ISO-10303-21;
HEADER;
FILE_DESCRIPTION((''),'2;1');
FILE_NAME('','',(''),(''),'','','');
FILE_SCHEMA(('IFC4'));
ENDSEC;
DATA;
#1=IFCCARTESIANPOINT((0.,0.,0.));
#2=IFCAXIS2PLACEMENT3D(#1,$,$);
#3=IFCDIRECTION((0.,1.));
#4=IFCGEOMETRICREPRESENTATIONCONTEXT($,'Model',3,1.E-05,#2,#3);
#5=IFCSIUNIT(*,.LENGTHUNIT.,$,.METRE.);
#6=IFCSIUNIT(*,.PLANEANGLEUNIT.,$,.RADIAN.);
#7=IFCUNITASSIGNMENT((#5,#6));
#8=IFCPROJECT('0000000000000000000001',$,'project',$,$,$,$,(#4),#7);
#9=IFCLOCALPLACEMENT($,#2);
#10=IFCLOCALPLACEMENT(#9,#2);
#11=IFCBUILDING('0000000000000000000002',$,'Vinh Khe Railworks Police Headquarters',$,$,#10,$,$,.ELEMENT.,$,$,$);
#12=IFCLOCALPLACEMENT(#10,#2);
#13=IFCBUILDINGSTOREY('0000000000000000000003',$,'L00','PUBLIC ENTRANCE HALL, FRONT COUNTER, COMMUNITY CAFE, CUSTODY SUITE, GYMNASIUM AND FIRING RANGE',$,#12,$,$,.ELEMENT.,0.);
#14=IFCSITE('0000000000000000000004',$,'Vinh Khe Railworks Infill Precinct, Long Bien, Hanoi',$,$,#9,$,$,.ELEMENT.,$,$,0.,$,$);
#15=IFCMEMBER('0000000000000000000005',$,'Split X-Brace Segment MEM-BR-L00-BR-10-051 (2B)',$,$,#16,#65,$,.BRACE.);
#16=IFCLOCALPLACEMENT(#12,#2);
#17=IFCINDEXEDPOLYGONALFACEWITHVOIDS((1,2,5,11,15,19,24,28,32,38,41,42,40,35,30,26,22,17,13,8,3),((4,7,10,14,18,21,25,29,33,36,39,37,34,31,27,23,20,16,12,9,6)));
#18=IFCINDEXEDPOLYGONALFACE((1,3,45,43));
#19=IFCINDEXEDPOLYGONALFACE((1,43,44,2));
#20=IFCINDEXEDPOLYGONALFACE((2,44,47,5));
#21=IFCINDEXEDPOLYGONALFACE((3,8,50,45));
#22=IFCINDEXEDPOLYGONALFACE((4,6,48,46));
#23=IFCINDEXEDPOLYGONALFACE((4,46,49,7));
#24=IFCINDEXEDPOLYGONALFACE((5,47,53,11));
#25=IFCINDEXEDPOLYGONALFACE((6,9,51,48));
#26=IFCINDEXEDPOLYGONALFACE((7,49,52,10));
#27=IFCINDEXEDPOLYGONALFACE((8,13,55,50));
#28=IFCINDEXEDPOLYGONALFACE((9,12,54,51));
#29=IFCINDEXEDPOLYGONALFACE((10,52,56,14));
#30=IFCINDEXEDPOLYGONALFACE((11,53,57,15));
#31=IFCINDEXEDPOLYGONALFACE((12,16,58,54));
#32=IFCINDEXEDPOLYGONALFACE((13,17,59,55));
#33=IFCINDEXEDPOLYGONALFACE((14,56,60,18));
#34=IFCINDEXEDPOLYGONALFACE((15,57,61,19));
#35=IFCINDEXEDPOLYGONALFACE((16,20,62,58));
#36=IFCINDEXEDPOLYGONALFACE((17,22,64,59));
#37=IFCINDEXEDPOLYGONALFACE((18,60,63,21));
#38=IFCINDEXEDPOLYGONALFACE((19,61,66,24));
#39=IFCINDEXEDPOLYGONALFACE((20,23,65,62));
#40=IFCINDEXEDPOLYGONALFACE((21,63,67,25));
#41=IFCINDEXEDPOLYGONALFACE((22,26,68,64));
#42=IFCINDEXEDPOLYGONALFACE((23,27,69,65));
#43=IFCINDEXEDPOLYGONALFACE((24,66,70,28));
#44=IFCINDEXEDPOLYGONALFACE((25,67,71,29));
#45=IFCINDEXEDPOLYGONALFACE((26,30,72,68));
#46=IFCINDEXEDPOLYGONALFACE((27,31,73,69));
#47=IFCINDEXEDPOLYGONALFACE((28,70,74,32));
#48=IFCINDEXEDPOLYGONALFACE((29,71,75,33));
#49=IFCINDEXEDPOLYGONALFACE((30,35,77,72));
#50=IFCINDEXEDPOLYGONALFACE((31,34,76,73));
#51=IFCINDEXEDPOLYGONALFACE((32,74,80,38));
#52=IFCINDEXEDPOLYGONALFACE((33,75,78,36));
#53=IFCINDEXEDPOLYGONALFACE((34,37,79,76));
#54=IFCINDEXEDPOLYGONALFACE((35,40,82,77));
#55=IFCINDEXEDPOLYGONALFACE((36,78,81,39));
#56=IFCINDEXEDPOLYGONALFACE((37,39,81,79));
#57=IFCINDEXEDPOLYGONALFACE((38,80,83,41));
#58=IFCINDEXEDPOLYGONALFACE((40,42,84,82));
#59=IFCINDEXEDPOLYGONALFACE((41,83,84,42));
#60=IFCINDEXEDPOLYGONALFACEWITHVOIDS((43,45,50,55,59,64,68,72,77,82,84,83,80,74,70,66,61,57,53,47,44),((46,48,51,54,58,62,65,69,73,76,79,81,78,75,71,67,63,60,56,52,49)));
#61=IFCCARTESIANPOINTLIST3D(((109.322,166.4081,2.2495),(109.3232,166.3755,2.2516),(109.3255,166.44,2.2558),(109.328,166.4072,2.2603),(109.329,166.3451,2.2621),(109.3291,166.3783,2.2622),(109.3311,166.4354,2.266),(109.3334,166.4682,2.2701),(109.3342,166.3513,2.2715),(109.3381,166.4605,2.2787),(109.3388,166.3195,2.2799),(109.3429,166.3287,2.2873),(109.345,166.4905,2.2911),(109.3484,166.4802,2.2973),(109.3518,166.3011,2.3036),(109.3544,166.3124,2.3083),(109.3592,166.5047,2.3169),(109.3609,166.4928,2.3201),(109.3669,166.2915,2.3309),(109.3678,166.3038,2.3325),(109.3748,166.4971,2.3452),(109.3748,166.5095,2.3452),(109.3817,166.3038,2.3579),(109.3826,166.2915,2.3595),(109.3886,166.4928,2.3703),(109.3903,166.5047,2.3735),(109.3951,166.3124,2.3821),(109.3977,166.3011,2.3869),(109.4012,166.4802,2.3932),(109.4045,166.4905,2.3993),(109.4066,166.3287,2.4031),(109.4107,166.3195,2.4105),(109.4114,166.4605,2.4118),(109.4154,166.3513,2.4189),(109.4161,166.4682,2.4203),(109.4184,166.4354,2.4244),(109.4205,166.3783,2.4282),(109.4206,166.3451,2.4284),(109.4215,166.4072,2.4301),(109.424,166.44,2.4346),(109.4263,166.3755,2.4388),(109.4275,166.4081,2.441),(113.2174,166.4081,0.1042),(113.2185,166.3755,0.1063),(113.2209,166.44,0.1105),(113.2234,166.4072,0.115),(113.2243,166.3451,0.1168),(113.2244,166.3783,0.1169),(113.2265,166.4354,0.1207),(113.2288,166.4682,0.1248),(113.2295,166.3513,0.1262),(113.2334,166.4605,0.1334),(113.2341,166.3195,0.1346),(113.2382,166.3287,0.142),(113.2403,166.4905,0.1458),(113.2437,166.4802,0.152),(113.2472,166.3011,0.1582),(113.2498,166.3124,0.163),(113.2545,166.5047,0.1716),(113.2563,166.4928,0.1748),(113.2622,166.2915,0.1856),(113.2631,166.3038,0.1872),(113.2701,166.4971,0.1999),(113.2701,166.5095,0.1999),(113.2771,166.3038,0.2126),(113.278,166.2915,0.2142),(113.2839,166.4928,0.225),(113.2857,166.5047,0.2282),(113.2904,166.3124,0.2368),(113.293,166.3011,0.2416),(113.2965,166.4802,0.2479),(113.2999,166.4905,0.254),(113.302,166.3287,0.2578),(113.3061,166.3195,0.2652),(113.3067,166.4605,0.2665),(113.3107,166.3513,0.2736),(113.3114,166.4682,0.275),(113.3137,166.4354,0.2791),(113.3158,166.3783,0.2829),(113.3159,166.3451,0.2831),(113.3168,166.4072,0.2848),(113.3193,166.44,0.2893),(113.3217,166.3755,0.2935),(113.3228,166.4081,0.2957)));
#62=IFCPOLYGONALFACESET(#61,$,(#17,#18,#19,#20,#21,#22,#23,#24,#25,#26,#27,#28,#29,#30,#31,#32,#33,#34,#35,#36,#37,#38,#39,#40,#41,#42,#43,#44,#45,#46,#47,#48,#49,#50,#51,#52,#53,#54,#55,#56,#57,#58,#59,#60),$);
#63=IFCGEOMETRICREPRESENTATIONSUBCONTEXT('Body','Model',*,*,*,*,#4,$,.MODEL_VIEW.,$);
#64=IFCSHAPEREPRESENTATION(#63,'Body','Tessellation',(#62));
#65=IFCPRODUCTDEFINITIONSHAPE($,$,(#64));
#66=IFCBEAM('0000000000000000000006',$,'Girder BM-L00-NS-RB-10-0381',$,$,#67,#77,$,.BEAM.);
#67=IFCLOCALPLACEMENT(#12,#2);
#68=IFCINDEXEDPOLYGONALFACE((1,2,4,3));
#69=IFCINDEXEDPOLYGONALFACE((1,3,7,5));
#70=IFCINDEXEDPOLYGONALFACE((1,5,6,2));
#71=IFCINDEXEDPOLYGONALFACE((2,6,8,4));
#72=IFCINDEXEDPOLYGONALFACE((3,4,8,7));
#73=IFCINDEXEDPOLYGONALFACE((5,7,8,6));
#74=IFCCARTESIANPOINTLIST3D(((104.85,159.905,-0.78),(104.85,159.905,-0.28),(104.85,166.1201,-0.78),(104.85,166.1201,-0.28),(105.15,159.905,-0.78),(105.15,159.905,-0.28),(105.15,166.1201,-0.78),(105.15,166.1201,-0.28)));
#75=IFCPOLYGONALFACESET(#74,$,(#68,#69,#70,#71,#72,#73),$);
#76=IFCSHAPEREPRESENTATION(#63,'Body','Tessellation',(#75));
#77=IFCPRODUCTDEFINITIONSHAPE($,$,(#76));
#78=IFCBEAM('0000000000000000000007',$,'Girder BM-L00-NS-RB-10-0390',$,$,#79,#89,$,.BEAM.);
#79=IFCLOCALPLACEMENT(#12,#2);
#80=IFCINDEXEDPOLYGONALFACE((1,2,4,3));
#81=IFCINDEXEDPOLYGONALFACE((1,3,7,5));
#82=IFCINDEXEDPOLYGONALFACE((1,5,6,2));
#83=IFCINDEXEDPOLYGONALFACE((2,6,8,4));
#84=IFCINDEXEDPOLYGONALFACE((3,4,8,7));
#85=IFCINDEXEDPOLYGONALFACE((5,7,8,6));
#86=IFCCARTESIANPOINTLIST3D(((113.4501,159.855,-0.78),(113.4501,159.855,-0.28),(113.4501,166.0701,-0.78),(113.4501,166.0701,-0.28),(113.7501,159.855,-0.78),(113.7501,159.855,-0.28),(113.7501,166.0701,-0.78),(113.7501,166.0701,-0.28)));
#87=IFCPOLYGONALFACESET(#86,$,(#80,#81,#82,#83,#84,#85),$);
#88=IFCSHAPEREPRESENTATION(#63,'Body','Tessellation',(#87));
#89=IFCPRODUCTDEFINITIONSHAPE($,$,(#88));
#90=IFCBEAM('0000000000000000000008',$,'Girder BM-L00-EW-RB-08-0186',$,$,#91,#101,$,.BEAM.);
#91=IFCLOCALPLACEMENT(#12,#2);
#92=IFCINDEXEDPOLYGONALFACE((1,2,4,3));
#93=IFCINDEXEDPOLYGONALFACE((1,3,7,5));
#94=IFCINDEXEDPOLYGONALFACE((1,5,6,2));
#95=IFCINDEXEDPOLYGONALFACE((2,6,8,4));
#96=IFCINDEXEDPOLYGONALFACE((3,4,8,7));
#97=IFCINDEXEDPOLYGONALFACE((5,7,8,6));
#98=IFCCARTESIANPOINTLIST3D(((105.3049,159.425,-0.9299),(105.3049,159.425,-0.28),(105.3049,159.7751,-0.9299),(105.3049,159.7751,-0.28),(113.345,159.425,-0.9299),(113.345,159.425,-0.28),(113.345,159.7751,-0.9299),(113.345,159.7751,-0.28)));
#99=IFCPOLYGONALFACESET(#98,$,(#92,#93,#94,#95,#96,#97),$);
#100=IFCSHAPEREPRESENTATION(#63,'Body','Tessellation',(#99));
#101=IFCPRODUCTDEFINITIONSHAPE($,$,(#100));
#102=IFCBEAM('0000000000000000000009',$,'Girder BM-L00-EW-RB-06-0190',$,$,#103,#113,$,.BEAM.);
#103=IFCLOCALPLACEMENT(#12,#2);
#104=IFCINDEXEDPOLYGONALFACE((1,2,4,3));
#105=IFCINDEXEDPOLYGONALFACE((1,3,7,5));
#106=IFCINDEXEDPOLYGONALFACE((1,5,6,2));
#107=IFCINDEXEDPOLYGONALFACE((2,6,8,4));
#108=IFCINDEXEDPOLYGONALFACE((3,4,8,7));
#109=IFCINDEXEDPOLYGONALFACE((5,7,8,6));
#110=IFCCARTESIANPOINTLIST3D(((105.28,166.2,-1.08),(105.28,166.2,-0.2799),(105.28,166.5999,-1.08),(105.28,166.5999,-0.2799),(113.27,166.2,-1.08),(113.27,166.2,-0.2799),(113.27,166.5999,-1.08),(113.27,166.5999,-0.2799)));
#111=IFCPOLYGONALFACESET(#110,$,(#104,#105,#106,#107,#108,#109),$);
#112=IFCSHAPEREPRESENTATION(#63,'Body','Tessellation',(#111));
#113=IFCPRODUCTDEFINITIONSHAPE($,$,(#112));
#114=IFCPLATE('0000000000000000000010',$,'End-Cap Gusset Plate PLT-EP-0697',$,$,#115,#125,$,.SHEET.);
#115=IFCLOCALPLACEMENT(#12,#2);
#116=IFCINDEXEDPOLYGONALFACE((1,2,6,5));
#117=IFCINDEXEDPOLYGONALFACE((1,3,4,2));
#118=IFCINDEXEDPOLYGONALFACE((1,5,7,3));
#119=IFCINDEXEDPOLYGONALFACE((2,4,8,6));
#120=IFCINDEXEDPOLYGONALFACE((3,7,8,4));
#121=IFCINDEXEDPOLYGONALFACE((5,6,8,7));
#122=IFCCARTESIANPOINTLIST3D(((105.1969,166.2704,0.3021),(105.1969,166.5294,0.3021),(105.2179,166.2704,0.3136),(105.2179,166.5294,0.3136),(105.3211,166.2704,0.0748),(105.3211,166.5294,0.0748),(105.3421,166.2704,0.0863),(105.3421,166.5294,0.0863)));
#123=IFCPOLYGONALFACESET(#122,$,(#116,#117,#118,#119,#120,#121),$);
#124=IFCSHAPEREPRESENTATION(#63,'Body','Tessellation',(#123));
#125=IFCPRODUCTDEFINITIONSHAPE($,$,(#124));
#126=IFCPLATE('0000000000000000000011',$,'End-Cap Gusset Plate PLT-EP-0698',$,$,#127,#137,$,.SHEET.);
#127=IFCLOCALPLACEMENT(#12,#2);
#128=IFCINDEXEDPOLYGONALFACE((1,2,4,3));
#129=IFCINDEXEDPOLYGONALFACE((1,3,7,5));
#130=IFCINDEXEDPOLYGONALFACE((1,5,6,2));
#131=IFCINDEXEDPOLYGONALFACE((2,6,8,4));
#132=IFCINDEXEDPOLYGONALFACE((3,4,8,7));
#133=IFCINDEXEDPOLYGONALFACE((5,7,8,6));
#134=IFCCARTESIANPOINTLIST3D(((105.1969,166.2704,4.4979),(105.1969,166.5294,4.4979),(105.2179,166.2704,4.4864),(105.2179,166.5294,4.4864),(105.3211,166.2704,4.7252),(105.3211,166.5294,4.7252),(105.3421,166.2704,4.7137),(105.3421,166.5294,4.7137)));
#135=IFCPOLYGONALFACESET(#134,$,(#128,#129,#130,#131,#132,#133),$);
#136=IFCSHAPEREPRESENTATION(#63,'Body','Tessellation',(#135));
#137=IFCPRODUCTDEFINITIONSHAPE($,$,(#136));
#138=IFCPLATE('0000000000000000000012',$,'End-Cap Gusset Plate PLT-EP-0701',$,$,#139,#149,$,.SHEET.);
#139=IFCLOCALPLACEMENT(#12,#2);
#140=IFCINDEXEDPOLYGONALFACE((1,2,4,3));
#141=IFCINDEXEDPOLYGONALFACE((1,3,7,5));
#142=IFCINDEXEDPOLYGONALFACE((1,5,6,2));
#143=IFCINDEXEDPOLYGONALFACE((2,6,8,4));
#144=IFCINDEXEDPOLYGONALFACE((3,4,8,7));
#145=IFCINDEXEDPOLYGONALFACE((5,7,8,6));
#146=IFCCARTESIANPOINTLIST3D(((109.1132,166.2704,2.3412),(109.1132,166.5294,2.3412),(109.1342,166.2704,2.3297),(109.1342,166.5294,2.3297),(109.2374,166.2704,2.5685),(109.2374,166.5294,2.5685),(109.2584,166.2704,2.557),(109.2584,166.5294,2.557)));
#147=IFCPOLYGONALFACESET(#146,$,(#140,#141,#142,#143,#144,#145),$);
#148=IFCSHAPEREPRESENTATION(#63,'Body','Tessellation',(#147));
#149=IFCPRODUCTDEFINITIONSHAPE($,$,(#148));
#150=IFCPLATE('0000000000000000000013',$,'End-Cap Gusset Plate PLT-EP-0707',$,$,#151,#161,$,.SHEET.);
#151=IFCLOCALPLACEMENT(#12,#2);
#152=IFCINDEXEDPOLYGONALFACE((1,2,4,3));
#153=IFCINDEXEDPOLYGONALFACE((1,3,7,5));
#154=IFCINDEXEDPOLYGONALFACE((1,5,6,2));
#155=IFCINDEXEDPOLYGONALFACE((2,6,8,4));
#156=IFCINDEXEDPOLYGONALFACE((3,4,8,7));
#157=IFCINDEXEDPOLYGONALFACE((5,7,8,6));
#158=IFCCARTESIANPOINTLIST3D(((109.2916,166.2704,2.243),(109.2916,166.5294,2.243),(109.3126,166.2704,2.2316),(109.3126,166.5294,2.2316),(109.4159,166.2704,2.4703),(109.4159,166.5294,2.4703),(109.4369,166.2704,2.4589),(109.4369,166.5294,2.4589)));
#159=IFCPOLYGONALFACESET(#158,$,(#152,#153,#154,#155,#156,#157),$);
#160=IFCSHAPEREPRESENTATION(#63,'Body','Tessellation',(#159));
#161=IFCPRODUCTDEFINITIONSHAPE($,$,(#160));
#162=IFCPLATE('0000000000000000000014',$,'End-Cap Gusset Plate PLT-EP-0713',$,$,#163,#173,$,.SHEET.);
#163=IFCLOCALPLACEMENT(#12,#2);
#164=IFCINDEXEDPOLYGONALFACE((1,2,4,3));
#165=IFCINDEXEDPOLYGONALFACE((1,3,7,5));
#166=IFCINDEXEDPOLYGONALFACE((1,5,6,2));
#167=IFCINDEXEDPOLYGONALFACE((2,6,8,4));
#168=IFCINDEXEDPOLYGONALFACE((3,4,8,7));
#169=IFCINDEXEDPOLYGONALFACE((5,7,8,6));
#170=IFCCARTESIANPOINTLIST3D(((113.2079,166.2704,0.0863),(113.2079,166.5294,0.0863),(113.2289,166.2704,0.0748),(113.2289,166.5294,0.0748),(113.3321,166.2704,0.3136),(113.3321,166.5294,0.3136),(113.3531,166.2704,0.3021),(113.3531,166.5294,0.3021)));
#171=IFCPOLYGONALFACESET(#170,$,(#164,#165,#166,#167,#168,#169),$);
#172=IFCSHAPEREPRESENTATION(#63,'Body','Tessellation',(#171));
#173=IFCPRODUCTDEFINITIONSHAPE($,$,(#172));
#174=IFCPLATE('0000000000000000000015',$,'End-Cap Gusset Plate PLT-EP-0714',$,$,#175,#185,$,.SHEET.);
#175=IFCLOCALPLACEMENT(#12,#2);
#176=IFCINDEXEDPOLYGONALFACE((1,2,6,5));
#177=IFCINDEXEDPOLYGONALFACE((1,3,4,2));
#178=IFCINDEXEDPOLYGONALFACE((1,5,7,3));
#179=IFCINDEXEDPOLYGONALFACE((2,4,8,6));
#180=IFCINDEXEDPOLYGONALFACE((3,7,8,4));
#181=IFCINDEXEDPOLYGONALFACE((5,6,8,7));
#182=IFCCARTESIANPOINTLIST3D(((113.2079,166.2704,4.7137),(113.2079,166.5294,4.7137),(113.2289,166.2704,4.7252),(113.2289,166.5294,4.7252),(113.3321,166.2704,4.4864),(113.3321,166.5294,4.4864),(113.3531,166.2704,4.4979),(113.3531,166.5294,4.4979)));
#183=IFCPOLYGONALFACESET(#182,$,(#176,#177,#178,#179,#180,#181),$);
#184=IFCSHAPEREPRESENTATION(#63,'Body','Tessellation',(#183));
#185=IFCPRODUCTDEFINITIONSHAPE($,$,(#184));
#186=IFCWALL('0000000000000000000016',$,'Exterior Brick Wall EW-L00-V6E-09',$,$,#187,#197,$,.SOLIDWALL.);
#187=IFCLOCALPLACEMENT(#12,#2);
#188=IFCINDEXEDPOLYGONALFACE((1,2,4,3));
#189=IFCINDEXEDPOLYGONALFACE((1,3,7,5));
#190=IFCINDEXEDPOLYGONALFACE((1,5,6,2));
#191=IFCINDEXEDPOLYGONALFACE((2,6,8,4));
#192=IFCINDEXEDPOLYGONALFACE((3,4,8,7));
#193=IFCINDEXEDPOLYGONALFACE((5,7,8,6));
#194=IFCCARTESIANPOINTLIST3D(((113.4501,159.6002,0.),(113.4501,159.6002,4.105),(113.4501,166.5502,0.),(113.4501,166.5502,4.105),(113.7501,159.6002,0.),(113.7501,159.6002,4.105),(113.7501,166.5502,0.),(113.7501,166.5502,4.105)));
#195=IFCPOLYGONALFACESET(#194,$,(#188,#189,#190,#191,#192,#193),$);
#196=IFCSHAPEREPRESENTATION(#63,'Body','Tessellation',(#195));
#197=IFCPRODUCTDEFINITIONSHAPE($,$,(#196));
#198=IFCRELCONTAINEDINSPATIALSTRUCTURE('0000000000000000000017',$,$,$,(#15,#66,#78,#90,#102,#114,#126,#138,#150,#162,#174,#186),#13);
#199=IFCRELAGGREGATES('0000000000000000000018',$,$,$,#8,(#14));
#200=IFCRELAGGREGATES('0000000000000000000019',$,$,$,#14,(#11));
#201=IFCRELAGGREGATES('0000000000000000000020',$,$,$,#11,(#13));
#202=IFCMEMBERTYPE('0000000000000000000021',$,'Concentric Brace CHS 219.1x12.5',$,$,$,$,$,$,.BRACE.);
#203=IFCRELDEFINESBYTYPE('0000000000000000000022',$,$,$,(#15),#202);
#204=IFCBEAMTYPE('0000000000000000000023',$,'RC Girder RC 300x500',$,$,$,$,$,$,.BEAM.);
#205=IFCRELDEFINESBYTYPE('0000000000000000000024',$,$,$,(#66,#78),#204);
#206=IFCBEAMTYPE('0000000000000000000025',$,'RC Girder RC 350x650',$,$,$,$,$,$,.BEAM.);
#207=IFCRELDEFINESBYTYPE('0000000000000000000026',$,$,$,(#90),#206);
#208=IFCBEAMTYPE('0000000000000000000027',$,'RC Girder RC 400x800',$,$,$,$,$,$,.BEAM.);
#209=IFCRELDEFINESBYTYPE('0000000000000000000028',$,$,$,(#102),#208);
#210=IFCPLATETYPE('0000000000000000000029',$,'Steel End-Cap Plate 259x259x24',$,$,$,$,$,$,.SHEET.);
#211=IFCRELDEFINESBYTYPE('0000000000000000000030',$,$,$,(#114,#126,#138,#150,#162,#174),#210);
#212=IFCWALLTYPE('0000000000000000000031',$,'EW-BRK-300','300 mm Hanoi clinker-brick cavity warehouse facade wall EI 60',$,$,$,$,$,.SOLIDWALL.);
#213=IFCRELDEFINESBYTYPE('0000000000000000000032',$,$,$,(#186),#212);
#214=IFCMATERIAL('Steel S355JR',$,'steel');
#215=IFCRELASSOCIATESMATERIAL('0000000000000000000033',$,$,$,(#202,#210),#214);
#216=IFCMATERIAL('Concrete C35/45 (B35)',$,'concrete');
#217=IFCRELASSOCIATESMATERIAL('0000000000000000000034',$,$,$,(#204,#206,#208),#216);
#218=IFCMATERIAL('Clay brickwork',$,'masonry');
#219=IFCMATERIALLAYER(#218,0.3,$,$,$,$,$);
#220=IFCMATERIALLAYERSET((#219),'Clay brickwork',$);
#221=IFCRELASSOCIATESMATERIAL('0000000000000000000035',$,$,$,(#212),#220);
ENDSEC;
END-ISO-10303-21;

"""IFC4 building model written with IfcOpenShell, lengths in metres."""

from ifc_helpers import new_model, si_unit, direction, frame, frame_2d, origin, origin_2d, place, context, subcontext, project, spatial, rectangle, hollow_circle, extrude, material, layer, layer_set, material_profile, profile_set, type_object, element, save


model = new_model("IFC4")

# Units and contexts
model_context = context("Model", 3, precision=1e-05, world=origin(), true_north=direction((0.0, 1.0)))
body_context = subcontext(model_context, "Body", "Model", "MODEL_VIEW")
ifc_project = project(units=[si_unit("LENGTHUNIT", "METRE"), si_unit("PLANEANGLEUNIT", "RADIAN")], contexts=[model_context])

# Site, building, storey
site_placement = place(None, origin())
site = spatial("IfcSite", under=ifc_project, at=site_placement, Name="Vinh Khe Railworks Infill Precinct, Long Bien, Hanoi", CompositionType="ELEMENT", RefElevation=0.0)
building_placement = place(site_placement, origin())
building = spatial("IfcBuilding", under=site, at=building_placement, Name="Vinh Khe Railworks Police Headquarters", CompositionType="ELEMENT")
storey_placement = place(building_placement, origin())
storey = spatial("IfcBuildingStorey", under=building, at=storey_placement, Name="L00", Description="PUBLIC ENTRANCE HALL, FRONT COUNTER, COMMUNITY CAFE, CUSTODY SUITE, GYMNASIUM AND FIRING RANGE", CompositionType="ELEMENT", Elevation=0.0)

# Member
ifc_material_1 = material(Name="Steel S355JR", Category="steel")
ifc_material_profile_1 = material_profile(ifc_material_1, hollow_circle(Radius=0.1096, WallThickness=0.0125, at=origin_2d()), Name="CHS 219.1x12.5")
ifc_profile_set_1 = profile_set([ifc_material_profile_1], Name="Steel S355JR")
member_type = type_object("IfcMemberType", Name="Concentric Brace CHS 219.1x12.5", PredefinedType="BRACE", material=ifc_profile_set_1)
for number, where, z_axis, x_axis, name in (
    (1, (109.3748, 166.3999, 2.3452), (0.875943, 0.0, -0.482414), (0.0, 1.0, 0.0), "Split X-Brace Segment MEM-BR-L00-BR-10-051 (2B)"),
):
    element("IfcMember", number, at=place(storey_placement, frame(where, z_axis=z_axis, x_axis=x_axis)), inside=storey, type_object=member_type, Name=name, PredefinedType="BRACE", context=body_context, shape_type="SweptSolid", body=[
        extrude(hollow_circle(Radius=0.1096, WallThickness=0.0125, at=origin_2d()), origin(), (0.0, 0.0, 1.0), 4.447),
    ])

# Beams
ifc_material_2 = material(Name="Concrete C35/45 (B35)", Category="concrete")
ifc_material_profile_2 = material_profile(ifc_material_2, rectangle(XDim=0.3, YDim=0.5, at=origin_2d()), Name="RC 300x500")
ifc_profile_set_2 = profile_set([ifc_material_profile_2], Name="Concrete C35/45 (B35)")
beam_type_1 = type_object("IfcBeamType", Name="RC Girder RC 300x500", PredefinedType="BEAM", material=ifc_profile_set_2)
for number, where, z_axis, x_axis, name in (
    (2, (105.0, 159.905, -0.53), (0.0, 1.0, 0.0), (-1.0, 0.0, 0.0), "Girder BM-L00-NS-RB-10-0381"),
    (3, (113.6001, 159.855, -0.53), (0.0, 1.0, 0.0), (-1.0, 0.0, 0.0), "Girder BM-L00-NS-RB-10-0390"),
):
    element("IfcBeam", number, at=place(storey_placement, frame(where, z_axis=z_axis, x_axis=x_axis)), inside=storey, type_object=beam_type_1, Name=name, PredefinedType="BEAM", context=body_context, shape_type="SweptSolid", body=[
        extrude(rectangle(XDim=0.3, YDim=0.5, at=origin_2d()), origin(), (0.0, 0.0, 1.0), 6.2151),
    ])
ifc_material_profile_3 = material_profile(ifc_material_2, rectangle(XDim=0.3501, YDim=0.6499, at=origin_2d()), Name="RC 350x650")
ifc_profile_set_3 = profile_set([ifc_material_profile_3], Name="Concrete C35/45 (B35)")
beam_type_2 = type_object("IfcBeamType", Name="RC Girder RC 350x650", PredefinedType="BEAM", material=ifc_profile_set_3)
beam_1_placement = place(storey_placement, frame((105.3049, 159.6001, -0.605), z_axis=(1.0, 0.0, 0.0), x_axis=(0.0, 1.0, 0.0)))
element("IfcBeam", 4, at=beam_1_placement, inside=storey, type_object=beam_type_2, Name="Girder BM-L00-EW-RB-08-0186", PredefinedType="BEAM", context=body_context, shape_type="SweptSolid", body=[
    extrude(rectangle(XDim=0.3501, YDim=0.6499, at=origin_2d()), origin(), (0.0, 0.0, 1.0), 8.04),
])
ifc_material_profile_4 = material_profile(ifc_material_2, rectangle(XDim=0.3999, YDim=0.8, at=origin_2d()), Name="RC 400x800")
ifc_profile_set_4 = profile_set([ifc_material_profile_4], Name="Concrete C35/45 (B35)")
beam_type_3 = type_object("IfcBeamType", Name="RC Girder RC 400x800", PredefinedType="BEAM", material=ifc_profile_set_4)
beam_2_placement = place(storey_placement, frame((105.28, 166.3999, -0.6799), z_axis=(1.0, 0.0, 0.0), x_axis=(0.0, 1.0, 0.0)))
element("IfcBeam", 5, at=beam_2_placement, inside=storey, type_object=beam_type_3, Name="Girder BM-L00-EW-RB-06-0190", PredefinedType="BEAM", context=body_context, shape_type="SweptSolid", body=[
    extrude(rectangle(XDim=0.3999, YDim=0.8, at=origin_2d()), origin(), (0.0, 0.0, 1.0), 7.99),
])

# Plates
ifc_material_profile_5 = material_profile(ifc_material_1, rectangle(XDim=0.259, YDim=0.259, at=origin_2d()), Name="PL 259x259")
ifc_profile_set_5 = profile_set([ifc_material_profile_5], Name="Steel S355JR")
plate_type = type_object("IfcPlateType", Name="Steel End-Cap Plate 259x259x24", PredefinedType="SHEET", material=ifc_profile_set_5)
for number, where, z_axis, x_axis, name in (
    (6, (105.28, 166.3999, 0.2), (-0.877505, 0.0, -0.479567), (0.0, -1.0, 0.0), "End-Cap Gusset Plate PLT-EP-0697"),
    (7, (105.28, 166.3999, 4.6001), (-0.877505, 0.0, 0.479567), (0.0, -1.0, 0.0), "End-Cap Gusset Plate PLT-EP-0698"),
    (8, (109.1753, 166.3999, 2.4548), (0.877505, 0.0, -0.479567), (0.0, 1.0, 0.0), "End-Cap Gusset Plate PLT-EP-0701"),
    (9, (109.3748, 166.3999, 2.3452), (-0.877505, 0.0, 0.479567), (0.0, -1.0, 0.0), "End-Cap Gusset Plate PLT-EP-0707"),
    (10, (113.27, 166.3999, 0.2), (0.877505, 0.0, -0.479567), (0.0, 1.0, 0.0), "End-Cap Gusset Plate PLT-EP-0713"),
    (11, (113.27, 166.3999, 4.6001), (0.877505, 0.0, 0.479567), (0.0, 1.0, 0.0), "End-Cap Gusset Plate PLT-EP-0714"),
):
    element("IfcPlate", number, at=place(storey_placement, frame(where, z_axis=z_axis, x_axis=x_axis)), inside=storey, type_object=plate_type, Name=name, PredefinedType="SHEET", context=body_context, shape_type="SweptSolid", body=[
        extrude(rectangle(XDim=0.259, YDim=0.259, at=origin_2d()), origin(), (0.0, 0.0, 1.0), 0.0239),
    ])

# Wall
ifc_material_3 = material(Name="Clay brickwork", Category="masonry")
ifc_layer = layer(ifc_material_3, 0.3)
ifc_layer_set = layer_set([ifc_layer], Name="Clay brickwork")
wall_type = type_object("IfcWallType", Name="EW-BRK-300", Description="300 mm Hanoi clinker-brick cavity warehouse facade wall EI 60", PredefinedType="SOLIDWALL", material=ifc_layer_set)
wall_1_placement = place(storey_placement, frame((113.6001, 159.6001, 0.0), z_axis=(0.0, 0.0, 1.0), x_axis=(0.0, 1.0, 0.0)))
element("IfcWall", 12, at=wall_1_placement, inside=storey, type_object=wall_type, Name="Exterior Brick Wall EW-L00-V6E-09", PredefinedType="SOLIDWALL", context=body_context, shape_type="SweptSolid", body=[
    extrude(rectangle(XDim=6.95, YDim=0.3, at=frame_2d((3.4751, 0.0))), origin(), (0.0, 0.0, 1.0), 4.105),
])

save(model, "model.ifc")
